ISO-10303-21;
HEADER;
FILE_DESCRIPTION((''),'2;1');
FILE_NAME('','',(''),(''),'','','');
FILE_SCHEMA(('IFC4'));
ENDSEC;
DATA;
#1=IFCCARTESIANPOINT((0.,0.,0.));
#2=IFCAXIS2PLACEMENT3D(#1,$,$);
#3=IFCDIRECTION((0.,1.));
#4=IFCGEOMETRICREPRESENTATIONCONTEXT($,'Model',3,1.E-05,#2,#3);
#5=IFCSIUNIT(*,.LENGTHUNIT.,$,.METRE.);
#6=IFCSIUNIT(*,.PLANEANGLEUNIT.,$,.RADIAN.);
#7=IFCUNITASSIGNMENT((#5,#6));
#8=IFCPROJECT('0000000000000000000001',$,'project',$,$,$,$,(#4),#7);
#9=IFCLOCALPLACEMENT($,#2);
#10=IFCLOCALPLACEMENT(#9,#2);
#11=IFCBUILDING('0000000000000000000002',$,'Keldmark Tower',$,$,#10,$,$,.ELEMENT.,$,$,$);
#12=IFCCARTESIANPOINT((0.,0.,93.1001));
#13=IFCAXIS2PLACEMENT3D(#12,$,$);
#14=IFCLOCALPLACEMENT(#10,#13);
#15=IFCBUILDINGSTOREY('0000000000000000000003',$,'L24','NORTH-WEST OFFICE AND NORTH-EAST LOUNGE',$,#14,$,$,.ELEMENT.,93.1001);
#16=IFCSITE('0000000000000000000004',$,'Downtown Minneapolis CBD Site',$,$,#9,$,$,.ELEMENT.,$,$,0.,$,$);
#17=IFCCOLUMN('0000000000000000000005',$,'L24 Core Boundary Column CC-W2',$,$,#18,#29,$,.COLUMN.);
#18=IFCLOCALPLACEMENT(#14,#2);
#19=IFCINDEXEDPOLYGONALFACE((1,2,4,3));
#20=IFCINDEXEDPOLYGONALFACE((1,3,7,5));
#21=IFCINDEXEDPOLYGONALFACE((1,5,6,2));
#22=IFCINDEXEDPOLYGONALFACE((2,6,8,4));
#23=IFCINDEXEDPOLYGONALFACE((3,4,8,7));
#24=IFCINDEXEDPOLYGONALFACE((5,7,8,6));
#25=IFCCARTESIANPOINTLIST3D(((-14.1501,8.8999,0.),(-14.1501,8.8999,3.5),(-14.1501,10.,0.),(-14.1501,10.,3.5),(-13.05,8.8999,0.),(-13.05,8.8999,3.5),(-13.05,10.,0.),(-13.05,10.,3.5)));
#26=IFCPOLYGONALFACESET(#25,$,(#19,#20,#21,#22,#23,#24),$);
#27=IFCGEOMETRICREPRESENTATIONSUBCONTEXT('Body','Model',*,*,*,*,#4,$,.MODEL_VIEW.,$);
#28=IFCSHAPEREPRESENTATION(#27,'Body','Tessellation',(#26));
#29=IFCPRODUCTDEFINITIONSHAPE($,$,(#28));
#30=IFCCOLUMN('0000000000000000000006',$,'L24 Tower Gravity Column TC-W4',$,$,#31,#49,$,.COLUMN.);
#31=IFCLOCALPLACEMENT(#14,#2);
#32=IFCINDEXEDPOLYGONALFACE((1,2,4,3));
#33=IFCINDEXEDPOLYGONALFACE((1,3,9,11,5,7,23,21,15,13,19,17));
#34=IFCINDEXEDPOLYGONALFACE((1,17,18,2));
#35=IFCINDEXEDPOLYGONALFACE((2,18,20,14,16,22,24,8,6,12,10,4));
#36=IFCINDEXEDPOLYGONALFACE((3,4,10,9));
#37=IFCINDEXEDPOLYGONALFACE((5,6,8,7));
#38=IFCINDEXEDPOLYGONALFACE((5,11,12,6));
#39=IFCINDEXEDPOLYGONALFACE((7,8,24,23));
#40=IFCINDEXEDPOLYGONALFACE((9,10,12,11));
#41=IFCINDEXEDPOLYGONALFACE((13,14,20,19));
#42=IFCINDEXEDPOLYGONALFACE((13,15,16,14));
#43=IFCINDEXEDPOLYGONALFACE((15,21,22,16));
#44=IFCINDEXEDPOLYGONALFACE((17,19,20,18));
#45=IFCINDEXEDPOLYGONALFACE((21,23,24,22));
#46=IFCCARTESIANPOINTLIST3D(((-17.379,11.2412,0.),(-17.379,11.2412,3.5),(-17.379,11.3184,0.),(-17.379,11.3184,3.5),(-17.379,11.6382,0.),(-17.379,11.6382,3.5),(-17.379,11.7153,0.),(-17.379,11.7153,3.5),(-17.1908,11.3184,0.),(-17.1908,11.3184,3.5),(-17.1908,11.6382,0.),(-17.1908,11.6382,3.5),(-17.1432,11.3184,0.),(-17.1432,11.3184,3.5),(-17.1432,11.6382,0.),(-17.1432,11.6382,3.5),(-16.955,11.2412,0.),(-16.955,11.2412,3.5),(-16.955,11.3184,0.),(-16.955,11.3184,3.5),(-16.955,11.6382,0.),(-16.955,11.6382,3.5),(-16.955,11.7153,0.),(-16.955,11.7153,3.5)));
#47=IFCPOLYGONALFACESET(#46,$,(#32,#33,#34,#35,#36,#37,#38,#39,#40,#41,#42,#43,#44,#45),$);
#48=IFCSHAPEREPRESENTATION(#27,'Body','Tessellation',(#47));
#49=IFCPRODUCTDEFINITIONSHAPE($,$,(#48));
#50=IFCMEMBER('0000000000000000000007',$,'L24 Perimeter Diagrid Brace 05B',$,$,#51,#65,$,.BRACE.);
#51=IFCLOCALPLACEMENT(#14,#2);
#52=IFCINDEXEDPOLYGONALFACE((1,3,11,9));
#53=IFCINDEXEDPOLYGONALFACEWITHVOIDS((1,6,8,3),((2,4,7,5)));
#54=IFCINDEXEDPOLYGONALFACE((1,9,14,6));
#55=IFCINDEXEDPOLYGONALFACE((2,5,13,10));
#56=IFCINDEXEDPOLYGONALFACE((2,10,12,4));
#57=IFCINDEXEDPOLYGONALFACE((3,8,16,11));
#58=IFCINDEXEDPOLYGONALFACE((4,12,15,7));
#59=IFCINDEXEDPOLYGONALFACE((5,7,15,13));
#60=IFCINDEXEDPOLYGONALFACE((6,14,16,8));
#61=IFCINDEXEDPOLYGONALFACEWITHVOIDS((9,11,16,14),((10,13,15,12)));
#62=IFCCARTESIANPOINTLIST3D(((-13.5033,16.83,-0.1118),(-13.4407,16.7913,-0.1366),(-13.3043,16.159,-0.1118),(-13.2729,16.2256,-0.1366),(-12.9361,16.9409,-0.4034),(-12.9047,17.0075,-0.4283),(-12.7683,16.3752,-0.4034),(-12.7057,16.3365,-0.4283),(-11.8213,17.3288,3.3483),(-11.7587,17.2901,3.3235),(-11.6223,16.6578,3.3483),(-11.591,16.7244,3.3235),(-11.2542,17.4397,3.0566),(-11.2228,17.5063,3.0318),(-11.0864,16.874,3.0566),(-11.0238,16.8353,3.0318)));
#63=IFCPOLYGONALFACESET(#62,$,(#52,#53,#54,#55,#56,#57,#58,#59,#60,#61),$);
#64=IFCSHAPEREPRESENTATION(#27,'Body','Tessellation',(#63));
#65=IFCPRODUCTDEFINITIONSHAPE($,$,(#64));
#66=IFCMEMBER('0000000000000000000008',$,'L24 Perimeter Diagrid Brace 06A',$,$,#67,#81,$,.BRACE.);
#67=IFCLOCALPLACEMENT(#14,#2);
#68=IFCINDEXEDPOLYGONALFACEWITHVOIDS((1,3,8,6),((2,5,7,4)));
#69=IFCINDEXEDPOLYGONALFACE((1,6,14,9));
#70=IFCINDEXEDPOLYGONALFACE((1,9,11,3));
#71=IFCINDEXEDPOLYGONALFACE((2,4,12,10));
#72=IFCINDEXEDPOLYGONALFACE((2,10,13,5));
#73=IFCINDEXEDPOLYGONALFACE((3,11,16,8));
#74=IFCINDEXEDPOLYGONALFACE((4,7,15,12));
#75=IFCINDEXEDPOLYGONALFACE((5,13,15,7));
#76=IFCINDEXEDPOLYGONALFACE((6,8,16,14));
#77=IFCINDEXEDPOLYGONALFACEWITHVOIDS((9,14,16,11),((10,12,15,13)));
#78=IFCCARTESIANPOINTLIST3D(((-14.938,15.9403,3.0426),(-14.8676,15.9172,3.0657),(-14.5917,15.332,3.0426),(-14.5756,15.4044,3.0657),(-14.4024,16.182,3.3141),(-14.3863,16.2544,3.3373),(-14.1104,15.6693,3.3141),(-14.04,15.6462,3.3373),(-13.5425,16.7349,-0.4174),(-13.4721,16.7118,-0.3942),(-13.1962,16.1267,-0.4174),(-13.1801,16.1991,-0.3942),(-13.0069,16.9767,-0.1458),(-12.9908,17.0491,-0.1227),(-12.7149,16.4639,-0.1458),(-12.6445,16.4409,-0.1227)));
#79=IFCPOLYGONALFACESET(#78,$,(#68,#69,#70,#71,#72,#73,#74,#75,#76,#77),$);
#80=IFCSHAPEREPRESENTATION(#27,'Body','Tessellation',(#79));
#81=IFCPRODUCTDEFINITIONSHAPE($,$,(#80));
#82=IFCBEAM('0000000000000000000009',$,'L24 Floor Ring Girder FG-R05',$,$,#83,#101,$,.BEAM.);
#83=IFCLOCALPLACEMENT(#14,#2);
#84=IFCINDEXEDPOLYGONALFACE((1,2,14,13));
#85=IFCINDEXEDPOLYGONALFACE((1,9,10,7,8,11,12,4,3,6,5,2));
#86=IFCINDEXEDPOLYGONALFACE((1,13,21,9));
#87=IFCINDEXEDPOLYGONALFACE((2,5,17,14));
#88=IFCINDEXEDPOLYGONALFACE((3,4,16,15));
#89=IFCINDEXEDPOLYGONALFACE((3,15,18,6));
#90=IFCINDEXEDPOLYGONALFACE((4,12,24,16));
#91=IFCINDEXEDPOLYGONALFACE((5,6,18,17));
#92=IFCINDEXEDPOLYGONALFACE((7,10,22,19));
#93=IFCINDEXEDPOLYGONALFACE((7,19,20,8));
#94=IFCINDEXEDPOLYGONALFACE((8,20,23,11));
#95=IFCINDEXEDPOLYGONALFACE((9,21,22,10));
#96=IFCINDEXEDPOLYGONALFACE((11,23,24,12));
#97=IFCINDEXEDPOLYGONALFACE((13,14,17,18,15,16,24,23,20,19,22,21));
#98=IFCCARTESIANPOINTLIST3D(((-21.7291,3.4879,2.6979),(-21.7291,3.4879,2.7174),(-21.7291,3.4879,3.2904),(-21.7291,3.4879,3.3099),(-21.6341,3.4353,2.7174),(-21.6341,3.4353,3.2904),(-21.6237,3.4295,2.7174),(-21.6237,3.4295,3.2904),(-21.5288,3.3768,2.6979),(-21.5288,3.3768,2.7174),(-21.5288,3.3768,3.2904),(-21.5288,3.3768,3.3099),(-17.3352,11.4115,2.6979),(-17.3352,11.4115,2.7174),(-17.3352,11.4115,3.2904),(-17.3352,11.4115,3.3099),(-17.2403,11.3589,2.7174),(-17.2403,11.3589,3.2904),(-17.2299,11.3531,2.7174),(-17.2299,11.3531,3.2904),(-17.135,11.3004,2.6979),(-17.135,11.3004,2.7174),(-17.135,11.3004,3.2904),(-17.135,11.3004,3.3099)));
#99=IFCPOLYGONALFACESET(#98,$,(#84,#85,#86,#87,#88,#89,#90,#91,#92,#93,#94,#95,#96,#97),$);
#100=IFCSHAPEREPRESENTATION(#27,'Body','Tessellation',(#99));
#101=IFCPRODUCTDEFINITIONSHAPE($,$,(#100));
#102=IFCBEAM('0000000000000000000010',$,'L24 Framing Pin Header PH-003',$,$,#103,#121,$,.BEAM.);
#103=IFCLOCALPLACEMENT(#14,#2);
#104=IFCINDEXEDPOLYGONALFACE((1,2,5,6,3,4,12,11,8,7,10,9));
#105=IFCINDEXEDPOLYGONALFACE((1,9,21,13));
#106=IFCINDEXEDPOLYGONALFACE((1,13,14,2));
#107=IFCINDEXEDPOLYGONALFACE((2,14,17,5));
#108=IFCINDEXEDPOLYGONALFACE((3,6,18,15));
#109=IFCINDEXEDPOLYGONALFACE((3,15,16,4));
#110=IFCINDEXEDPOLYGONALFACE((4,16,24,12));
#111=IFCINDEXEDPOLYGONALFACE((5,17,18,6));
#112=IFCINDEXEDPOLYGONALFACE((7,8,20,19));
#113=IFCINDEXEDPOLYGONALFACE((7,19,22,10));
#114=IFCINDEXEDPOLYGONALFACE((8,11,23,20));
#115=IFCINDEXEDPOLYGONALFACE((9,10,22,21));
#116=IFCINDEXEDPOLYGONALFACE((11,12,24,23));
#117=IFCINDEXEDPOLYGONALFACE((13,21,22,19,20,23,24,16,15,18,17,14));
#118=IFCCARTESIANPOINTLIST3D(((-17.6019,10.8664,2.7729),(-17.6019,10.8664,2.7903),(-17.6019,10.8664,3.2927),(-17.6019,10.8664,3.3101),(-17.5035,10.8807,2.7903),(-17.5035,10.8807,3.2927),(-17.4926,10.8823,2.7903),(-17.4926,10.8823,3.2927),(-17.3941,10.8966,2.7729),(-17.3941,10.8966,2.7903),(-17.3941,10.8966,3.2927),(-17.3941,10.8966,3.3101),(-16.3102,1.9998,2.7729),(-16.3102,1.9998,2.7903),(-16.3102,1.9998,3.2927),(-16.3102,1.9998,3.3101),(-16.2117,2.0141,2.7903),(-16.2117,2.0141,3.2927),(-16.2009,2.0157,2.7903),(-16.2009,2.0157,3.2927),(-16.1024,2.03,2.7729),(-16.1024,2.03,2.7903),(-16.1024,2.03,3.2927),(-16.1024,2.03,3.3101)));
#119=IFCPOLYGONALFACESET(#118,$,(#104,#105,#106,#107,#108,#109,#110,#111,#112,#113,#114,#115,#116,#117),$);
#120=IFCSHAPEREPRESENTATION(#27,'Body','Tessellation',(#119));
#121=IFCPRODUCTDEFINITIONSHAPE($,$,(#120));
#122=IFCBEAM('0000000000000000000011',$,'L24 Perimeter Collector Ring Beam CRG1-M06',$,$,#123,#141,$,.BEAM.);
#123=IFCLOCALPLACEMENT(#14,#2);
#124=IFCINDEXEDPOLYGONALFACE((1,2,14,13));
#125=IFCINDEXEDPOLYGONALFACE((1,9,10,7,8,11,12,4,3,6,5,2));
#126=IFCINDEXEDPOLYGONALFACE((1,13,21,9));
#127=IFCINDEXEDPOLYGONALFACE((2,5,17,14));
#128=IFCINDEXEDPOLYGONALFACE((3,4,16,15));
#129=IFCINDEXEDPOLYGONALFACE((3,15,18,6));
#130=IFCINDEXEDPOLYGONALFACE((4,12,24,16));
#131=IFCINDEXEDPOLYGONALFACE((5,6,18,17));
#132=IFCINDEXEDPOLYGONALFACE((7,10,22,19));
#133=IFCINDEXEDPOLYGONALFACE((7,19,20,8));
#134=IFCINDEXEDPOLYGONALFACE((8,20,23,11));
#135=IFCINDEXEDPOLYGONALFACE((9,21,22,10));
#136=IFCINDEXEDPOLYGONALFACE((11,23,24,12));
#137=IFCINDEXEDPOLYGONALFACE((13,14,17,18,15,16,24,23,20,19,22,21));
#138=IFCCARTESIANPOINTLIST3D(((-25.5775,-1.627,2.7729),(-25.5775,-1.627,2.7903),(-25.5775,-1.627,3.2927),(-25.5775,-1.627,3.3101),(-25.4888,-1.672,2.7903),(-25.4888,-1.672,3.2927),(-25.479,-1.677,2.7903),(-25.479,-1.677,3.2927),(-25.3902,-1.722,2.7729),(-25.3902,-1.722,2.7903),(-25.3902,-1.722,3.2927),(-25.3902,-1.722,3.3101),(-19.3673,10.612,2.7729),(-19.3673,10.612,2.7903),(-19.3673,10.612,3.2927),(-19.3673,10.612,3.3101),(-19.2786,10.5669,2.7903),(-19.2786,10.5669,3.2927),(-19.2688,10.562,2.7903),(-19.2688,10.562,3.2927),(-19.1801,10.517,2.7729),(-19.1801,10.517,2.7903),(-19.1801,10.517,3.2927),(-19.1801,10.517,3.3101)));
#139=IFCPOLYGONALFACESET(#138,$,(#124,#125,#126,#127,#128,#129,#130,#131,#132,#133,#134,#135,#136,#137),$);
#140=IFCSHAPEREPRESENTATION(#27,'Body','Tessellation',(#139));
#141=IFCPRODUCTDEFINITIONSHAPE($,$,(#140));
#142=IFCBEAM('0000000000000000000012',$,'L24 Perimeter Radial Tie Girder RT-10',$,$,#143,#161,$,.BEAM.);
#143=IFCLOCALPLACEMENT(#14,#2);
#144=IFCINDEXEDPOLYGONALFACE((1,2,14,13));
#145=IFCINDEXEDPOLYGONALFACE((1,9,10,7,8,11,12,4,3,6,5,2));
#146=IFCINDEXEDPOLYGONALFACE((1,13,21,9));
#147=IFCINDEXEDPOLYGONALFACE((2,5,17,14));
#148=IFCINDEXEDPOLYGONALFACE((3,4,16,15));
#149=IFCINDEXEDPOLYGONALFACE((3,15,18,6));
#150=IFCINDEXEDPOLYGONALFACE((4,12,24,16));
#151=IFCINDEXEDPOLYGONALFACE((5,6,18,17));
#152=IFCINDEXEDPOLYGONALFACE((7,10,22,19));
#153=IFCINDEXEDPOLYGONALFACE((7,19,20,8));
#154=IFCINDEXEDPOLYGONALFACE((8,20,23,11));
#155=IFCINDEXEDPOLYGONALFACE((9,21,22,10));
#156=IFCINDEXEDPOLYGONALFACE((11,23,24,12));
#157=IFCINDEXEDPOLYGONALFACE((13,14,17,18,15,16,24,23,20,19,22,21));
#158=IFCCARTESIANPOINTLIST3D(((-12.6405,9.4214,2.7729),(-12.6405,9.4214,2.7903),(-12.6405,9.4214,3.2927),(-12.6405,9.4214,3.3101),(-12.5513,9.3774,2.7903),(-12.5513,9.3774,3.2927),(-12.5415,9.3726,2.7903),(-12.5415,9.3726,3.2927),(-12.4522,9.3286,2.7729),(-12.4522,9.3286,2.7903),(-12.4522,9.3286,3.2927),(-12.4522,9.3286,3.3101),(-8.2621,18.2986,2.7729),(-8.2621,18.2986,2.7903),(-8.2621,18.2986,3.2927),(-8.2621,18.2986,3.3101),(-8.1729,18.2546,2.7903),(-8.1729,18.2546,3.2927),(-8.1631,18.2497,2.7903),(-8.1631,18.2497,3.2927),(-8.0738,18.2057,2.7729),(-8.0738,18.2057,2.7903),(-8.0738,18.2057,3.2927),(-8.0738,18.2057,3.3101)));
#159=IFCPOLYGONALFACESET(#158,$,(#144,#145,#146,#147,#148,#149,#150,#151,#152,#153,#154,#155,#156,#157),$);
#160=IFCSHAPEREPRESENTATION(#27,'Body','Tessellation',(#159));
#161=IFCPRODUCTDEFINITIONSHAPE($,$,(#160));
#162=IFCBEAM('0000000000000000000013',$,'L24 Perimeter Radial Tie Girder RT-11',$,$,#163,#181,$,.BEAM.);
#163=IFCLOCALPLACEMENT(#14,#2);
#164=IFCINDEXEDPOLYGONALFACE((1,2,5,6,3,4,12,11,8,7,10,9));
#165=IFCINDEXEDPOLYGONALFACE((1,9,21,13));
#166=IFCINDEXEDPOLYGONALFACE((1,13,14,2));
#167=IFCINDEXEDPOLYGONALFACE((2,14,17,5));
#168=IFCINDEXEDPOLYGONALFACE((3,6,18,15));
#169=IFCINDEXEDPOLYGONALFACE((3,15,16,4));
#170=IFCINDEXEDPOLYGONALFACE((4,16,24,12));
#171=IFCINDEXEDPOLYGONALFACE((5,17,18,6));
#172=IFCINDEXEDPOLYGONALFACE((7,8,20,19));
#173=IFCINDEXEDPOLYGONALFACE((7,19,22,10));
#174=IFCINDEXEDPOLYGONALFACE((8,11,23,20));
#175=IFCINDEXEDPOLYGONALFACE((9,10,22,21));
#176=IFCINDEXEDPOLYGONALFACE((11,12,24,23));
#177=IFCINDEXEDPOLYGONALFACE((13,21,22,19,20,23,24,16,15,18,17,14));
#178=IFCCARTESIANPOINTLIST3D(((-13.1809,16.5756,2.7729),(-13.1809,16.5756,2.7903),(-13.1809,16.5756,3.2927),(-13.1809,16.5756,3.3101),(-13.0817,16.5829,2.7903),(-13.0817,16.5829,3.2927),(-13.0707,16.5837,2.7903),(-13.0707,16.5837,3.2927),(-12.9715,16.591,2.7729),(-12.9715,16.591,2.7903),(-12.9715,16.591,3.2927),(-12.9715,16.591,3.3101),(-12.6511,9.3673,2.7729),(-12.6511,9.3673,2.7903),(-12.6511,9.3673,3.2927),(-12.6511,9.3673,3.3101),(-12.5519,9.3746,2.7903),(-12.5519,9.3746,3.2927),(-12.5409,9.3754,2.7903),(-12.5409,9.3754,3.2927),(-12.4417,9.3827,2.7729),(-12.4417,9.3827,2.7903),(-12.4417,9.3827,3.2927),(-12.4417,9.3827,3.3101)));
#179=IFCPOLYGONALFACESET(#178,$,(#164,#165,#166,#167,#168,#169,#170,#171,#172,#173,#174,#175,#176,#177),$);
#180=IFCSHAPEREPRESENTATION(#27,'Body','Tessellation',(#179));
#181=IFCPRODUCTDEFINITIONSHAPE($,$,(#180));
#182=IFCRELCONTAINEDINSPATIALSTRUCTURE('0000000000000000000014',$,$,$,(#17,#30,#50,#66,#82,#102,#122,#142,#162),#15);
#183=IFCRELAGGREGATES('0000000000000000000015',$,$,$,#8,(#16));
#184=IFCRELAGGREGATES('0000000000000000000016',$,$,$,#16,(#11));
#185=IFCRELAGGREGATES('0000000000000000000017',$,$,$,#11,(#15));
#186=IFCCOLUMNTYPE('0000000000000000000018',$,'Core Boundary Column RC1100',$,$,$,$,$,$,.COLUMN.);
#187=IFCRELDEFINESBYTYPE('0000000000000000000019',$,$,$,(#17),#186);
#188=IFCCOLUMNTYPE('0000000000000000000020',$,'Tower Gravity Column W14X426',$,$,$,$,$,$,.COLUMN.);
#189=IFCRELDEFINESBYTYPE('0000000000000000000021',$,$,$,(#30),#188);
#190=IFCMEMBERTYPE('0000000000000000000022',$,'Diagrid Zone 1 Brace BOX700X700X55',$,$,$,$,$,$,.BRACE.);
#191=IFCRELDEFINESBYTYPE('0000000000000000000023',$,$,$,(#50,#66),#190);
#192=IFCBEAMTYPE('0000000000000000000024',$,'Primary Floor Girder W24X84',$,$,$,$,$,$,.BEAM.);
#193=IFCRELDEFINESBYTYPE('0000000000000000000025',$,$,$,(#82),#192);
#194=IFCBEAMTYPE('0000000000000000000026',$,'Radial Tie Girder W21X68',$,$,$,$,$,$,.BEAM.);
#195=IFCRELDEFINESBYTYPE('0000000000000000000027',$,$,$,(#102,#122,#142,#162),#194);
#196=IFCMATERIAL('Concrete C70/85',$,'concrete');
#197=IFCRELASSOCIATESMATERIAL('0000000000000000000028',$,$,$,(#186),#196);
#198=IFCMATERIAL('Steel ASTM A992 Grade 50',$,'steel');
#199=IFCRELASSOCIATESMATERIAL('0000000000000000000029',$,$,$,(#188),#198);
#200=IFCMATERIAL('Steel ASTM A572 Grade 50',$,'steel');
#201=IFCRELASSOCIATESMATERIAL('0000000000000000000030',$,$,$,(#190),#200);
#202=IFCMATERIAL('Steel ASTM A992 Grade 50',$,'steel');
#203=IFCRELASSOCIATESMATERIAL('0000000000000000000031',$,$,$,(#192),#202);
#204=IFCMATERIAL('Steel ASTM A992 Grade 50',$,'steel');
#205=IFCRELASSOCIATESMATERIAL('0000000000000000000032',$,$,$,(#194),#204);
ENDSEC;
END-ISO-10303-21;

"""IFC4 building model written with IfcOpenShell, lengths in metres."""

from ifc_helpers import new_model, si_unit, direction, frame, origin, origin_2d, place, context, subcontext, project, spatial, rectangle, hollow_rectangle, i_section, extrude, material, material_profile, profile_set, type_object, element, save


model = new_model("IFC4")

# Units and contexts
model_context = context("Model", 3, precision=1e-05, world=origin(), true_north=direction((0.0, 1.0)))
body_context = subcontext(model_context, "Body", "Model", "MODEL_VIEW")
ifc_project = project(units=[si_unit("LENGTHUNIT", "METRE"), si_unit("PLANEANGLEUNIT", "RADIAN")], contexts=[model_context])

# Site, building, storey
site_placement = place(None, origin())
site = spatial("IfcSite", under=ifc_project, at=site_placement, Name="Downtown Minneapolis CBD Site", CompositionType="ELEMENT", RefElevation=0.0)
building_placement = place(site_placement, origin())
building = spatial("IfcBuilding", under=site, at=building_placement, Name="Keldmark Tower", CompositionType="ELEMENT")
storey_placement = place(building_placement, frame((0.0, 0.0, 93.1001)))
storey = spatial("IfcBuildingStorey", under=building, at=storey_placement, Name="L24", Description="NORTH-WEST OFFICE AND NORTH-EAST LOUNGE", CompositionType="ELEMENT", Elevation=93.1001)

# Columns
ifc_material_1 = material(Name="Concrete C70/85", Category="concrete")
ifc_material_profile_1 = material_profile(ifc_material_1, rectangle(XDim=1.1001, YDim=1.1001, at=origin_2d()), Name="RC1100X1100")
ifc_profile_set_1 = profile_set([ifc_material_profile_1], Name="Concrete C70/85")
column_type_1 = type_object("IfcColumnType", Name="Core Boundary Column RC1100", PredefinedType="COLUMN", material=ifc_profile_set_1)
column_1_placement = place(storey_placement, frame((-13.6001, 9.45, 0.0), z_axis=(0.0, 0.0, 1.0), x_axis=(1.0, 0.0, 0.0)))
element("IfcColumn", 1, at=column_1_placement, inside=storey, type_object=column_type_1, Name="L24 Core Boundary Column CC-W2", PredefinedType="COLUMN", context=body_context, shape_type="SweptSolid", body=[
    extrude(rectangle(XDim=1.1001, YDim=1.1001, at=origin_2d()), origin(), (0.0, 0.0, 1.0), 3.5),
])
ifc_material_2 = material(Name="Steel ASTM A992 Grade 50", Category="steel")
ifc_material_profile_2 = material_profile(ifc_material_2, i_section(OverallWidth=0.4241, OverallDepth=0.4741, WebThickness=0.0476, FlangeThickness=0.0771, at=origin_2d()), Name="W14X426")
ifc_profile_set_2 = profile_set([ifc_material_profile_2], Name="Steel ASTM A992 Grade 50")
column_type_2 = type_object("IfcColumnType", Name="Tower Gravity Column W14X426", PredefinedType="COLUMN", material=ifc_profile_set_2)
column_2_placement = place(storey_placement, frame((-17.167, 11.4783, 0.0), z_axis=(0.0, 0.0, 1.0), x_axis=(1.0, 0.0, 0.0)))
element("IfcColumn", 2, at=column_2_placement, inside=storey, type_object=column_type_2, Name="L24 Tower Gravity Column TC-W4", PredefinedType="COLUMN", context=body_context, shape_type="SweptSolid", body=[
    extrude(i_section(OverallWidth=0.4241, OverallDepth=0.4741, WebThickness=0.0476, FlangeThickness=0.0771, at=origin_2d()), origin(), (0.0, 0.0, 1.0), 3.5),
])

# Members
ifc_material_3 = material(Name="Steel ASTM A572 Grade 50", Category="steel")
ifc_material_profile_3 = material_profile(ifc_material_3, hollow_rectangle(XDim=0.7, YDim=0.7, WallThickness=0.0549, at=origin_2d()), Name="BOX700X700X55")
ifc_profile_set_3 = profile_set([ifc_material_profile_3], Name="Steel ASTM A572 Grade 50")
member_type = type_object("IfcMemberType", Name="Diagrid Zone 1 Brace BOX700X700X55", PredefinedType="BRACE", material=ifc_profile_set_3)
member_1_placement = place(storey_placement, frame((-13.1045, 16.5833, -0.27), z_axis=(0.433555, 0.128575, 0.891907), x_axis=(-0.284321, 0.958729, 0.0)))
element("IfcMember", 3, at=member_1_placement, inside=storey, type_object=member_type, Name="L24 Perimeter Diagrid Brace 05B", PredefinedType="BRACE", context=body_context, shape_type="SweptSolid", body=[
    extrude(hollow_rectangle(XDim=0.7, YDim=0.7, WallThickness=0.0549, at=origin_2d()), origin(), (0.0, 0.0, 1.0), 3.8794),
])
member_2_placement = place(storey_placement, frame((-13.0935, 16.5879, -0.27), z_axis=(-0.365845, -0.208332, 0.907059), x_axis=(0.494845, -0.868981, 0.0)))
element("IfcMember", 4, at=member_2_placement, inside=storey, type_object=member_type, Name="L24 Perimeter Diagrid Brace 06A", PredefinedType="BRACE", context=body_context, shape_type="SweptSolid", body=[
    extrude(hollow_rectangle(XDim=0.7, YDim=0.7, WallThickness=0.0549, at=origin_2d()), origin(), (0.0, 0.0, 1.0), 3.8145),
])

# Beams
ifc_material_4 = material(Name="Steel ASTM A992 Grade 50", Category="steel")
ifc_material_profile_4 = material_profile(ifc_material_4, i_section(OverallWidth=0.229, OverallDepth=0.6121, WebThickness=0.012, FlangeThickness=0.0195, at=origin_2d()), Name="W24X84")
ifc_profile_set_4 = profile_set([ifc_material_profile_4], Name="Steel ASTM A992 Grade 50")
beam_type_1 = type_object("IfcBeamType", Name="Primary Floor Girder W24X84", PredefinedType="BEAM", material=ifc_profile_set_4)
beam_1_placement = place(storey_placement, frame((-17.2351, 11.356, 3.0039), z_axis=(-0.484952, -0.874541, 0.0), x_axis=(0.874541, -0.484952, 0.0)))
element("IfcBeam", 5, at=beam_1_placement, inside=storey, type_object=beam_type_1, Name="L24 Floor Ring Girder FG-R05", PredefinedType="BEAM", context=body_context, shape_type="SweptSolid", body=[
    extrude(i_section(OverallWidth=0.229, OverallDepth=0.6121, WebThickness=0.012, FlangeThickness=0.0195, at=origin_2d()), origin(), (0.0, 0.0, 1.0), 9.0603),
])
ifc_material_5 = material(Name="Steel ASTM A992 Grade 50", Category="steel")
ifc_material_profile_5 = material_profile(ifc_material_5, i_section(OverallWidth=0.21, OverallDepth=0.5371, WebThickness=0.011, FlangeThickness=0.0173, at=origin_2d()), Name="W21X68")
ifc_profile_set_5 = profile_set([ifc_material_profile_5], Name="Steel ASTM A992 Grade 50")
beam_type_2 = type_object("IfcBeamType", Name="Radial Tie Girder W21X68", PredefinedType="BEAM", material=ifc_profile_set_5)
beam_2_placement = place(storey_placement, frame((-16.2063, 2.0149, 3.0415), z_axis=(-0.144163, 0.989554, 0.0), x_axis=(-0.989554, -0.144163, 0.0)))
element("IfcBeam", 6, at=beam_2_placement, inside=storey, type_object=beam_type_2, Name="L24 Framing Pin Header PH-003", PredefinedType="BEAM", context=body_context, shape_type="SweptSolid", body=[
    extrude(i_section(OverallWidth=0.21, OverallDepth=0.5371, WebThickness=0.011, FlangeThickness=0.0173, at=origin_2d()), origin(), (0.0, 0.0, 1.0), 8.9602),
])
beam_3_placement = place(storey_placement, frame((-19.2737, 10.5645, 3.0415), z_axis=(-0.452493, -0.891768, 0.0), x_axis=(0.891768, -0.452493, 0.0)))
element("IfcBeam", 7, at=beam_3_placement, inside=storey, type_object=beam_type_2, Name="L24 Perimeter Collector Ring Beam CRG1-M06", PredefinedType="BEAM", context=body_context, shape_type="SweptSolid", body=[
    extrude(i_section(OverallWidth=0.21, OverallDepth=0.5371, WebThickness=0.011, FlangeThickness=0.0173, at=origin_2d()), origin(), (0.0, 0.0, 1.0), 13.7244),
])
beam_4_placement = place(storey_placement, frame((-12.5464, 9.375, 3.0415), z_axis=(0.442343, 0.896846, 0.0), x_axis=(-0.896846, 0.442343, 0.0)))
element("IfcBeam", 8, at=beam_4_placement, inside=storey, type_object=beam_type_2, Name="L24 Perimeter Radial Tie Girder RT-10", PredefinedType="BEAM", context=body_context, shape_type="SweptSolid", body=[
    extrude(i_section(OverallWidth=0.21, OverallDepth=0.5371, WebThickness=0.011, FlangeThickness=0.0173, at=origin_2d()), origin(), (0.0, 0.0, 1.0), 9.8982),
])
beam_5_placement = place(storey_placement, frame((-12.5464, 9.375, 3.0415), z_axis=(-0.073299, 0.99731, 0.0), x_axis=(-0.99731, -0.073299, 0.0)))
element("IfcBeam", 9, at=beam_5_placement, inside=storey, type_object=beam_type_2, Name="L24 Perimeter Radial Tie Girder RT-11", PredefinedType="BEAM", context=body_context, shape_type="SweptSolid", body=[
    extrude(i_section(OverallWidth=0.21, OverallDepth=0.5371, WebThickness=0.011, FlangeThickness=0.0173, at=origin_2d()), origin(), (0.0, 0.0, 1.0), 7.2278),
])

save(model, "model.ifc")
